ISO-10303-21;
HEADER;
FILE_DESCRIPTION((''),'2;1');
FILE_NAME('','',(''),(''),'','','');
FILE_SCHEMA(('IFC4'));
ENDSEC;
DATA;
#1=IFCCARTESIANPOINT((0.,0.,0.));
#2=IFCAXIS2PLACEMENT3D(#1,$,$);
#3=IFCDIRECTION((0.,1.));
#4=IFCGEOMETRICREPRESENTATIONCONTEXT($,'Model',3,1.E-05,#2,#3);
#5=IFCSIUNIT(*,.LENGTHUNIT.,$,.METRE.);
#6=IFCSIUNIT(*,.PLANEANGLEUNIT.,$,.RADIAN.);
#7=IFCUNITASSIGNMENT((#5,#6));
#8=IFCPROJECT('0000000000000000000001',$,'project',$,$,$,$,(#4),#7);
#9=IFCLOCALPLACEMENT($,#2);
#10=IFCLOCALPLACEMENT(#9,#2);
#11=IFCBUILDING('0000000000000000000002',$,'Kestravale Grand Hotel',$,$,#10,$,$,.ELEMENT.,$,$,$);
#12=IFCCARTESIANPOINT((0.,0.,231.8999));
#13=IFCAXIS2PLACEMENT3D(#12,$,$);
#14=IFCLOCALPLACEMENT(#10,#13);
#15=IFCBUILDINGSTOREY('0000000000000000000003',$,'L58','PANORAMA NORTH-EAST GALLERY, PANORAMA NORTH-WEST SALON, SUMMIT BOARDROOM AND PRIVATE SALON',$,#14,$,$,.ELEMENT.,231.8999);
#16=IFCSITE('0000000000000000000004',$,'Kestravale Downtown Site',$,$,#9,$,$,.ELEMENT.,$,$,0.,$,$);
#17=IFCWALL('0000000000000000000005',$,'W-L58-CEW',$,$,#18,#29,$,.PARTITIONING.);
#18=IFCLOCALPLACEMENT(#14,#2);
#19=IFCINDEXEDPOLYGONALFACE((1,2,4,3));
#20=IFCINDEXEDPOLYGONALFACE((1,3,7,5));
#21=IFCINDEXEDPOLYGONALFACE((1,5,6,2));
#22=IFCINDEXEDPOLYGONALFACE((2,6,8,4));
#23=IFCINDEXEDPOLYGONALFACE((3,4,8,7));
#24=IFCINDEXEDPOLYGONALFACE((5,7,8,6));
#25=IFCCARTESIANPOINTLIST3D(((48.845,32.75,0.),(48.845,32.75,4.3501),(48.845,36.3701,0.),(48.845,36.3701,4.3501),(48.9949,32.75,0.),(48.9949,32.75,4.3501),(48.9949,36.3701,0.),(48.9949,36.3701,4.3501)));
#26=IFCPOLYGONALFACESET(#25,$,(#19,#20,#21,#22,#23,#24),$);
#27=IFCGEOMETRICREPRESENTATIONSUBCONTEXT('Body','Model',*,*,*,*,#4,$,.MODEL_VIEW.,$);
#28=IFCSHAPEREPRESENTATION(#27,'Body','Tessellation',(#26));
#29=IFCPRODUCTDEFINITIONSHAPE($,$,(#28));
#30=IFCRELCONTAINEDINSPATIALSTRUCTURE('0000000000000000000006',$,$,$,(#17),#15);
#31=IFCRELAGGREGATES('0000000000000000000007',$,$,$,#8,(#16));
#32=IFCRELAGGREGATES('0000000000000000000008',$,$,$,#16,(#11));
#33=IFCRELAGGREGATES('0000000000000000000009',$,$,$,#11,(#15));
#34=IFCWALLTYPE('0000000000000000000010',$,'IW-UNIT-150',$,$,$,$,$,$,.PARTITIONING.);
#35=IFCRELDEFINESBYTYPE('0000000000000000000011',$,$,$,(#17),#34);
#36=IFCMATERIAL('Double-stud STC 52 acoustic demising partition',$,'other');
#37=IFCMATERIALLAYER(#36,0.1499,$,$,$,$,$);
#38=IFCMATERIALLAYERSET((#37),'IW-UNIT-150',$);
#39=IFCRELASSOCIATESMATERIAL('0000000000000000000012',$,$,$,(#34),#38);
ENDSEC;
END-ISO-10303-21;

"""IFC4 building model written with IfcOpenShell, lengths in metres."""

from ifc_helpers import new_model, si_unit, direction, frame, frame_2d, origin, place, context, subcontext, project, spatial, rectangle, extrude, material, layer, layer_set, type_object, element, save


model = new_model("IFC4")

# Units and contexts
model_context = context("Model", 3, precision=1e-05, world=origin(), true_north=direction((0.0, 1.0)))
body_context = subcontext(model_context, "Body", "Model", "MODEL_VIEW")
ifc_project = project(units=[si_unit("LENGTHUNIT", "METRE"), si_unit("PLANEANGLEUNIT", "RADIAN")], contexts=[model_context])

# Site, building, storey
site_placement = place(None, origin())
site = spatial("IfcSite", under=ifc_project, at=site_placement, Name="Kestravale Downtown Site", CompositionType="ELEMENT", RefElevation=0.0)
building_placement = place(site_placement, origin())
building = spatial("IfcBuilding", under=site, at=building_placement, Name="Kestravale Grand Hotel", CompositionType="ELEMENT")
storey_placement = place(building_placement, frame((0.0, 0.0, 231.8999)))
storey = spatial("IfcBuildingStorey", under=building, at=storey_placement, Name="L58", Description="PANORAMA NORTH-EAST GALLERY, PANORAMA NORTH-WEST SALON, SUMMIT BOARDROOM AND PRIVATE SALON", CompositionType="ELEMENT", Elevation=231.8999)

# Wall
ifc_material_1 = material(Name="Double-stud STC 52 acoustic demising partition", Category="other")
ifc_layer_1 = layer(ifc_material_1, 0.1499)
ifc_layer_set_1 = layer_set([ifc_layer_1], Name="IW-UNIT-150")
wall_type_1 = type_object("IfcWallType", Name="IW-UNIT-150", PredefinedType="PARTITIONING", material=ifc_layer_set_1)
wall_1_placement = place(storey_placement, frame((48.9199, 32.75, 0.0), z_axis=(0.0, 0.0, 1.0), x_axis=(0.0, 1.0, 0.0)))
element("IfcWall", 1, at=wall_1_placement, inside=storey, type_object=wall_type_1, Name="W-L58-CEW", PredefinedType="PARTITIONING", context=body_context, shape_type="SweptSolid", body=[
    extrude(rectangle(XDim=3.6201, YDim=0.1499, at=frame_2d((1.8101, 0.0))), origin(), (0.0, 0.0, 1.0), 4.3501),
])

save(model, "model.ifc")
